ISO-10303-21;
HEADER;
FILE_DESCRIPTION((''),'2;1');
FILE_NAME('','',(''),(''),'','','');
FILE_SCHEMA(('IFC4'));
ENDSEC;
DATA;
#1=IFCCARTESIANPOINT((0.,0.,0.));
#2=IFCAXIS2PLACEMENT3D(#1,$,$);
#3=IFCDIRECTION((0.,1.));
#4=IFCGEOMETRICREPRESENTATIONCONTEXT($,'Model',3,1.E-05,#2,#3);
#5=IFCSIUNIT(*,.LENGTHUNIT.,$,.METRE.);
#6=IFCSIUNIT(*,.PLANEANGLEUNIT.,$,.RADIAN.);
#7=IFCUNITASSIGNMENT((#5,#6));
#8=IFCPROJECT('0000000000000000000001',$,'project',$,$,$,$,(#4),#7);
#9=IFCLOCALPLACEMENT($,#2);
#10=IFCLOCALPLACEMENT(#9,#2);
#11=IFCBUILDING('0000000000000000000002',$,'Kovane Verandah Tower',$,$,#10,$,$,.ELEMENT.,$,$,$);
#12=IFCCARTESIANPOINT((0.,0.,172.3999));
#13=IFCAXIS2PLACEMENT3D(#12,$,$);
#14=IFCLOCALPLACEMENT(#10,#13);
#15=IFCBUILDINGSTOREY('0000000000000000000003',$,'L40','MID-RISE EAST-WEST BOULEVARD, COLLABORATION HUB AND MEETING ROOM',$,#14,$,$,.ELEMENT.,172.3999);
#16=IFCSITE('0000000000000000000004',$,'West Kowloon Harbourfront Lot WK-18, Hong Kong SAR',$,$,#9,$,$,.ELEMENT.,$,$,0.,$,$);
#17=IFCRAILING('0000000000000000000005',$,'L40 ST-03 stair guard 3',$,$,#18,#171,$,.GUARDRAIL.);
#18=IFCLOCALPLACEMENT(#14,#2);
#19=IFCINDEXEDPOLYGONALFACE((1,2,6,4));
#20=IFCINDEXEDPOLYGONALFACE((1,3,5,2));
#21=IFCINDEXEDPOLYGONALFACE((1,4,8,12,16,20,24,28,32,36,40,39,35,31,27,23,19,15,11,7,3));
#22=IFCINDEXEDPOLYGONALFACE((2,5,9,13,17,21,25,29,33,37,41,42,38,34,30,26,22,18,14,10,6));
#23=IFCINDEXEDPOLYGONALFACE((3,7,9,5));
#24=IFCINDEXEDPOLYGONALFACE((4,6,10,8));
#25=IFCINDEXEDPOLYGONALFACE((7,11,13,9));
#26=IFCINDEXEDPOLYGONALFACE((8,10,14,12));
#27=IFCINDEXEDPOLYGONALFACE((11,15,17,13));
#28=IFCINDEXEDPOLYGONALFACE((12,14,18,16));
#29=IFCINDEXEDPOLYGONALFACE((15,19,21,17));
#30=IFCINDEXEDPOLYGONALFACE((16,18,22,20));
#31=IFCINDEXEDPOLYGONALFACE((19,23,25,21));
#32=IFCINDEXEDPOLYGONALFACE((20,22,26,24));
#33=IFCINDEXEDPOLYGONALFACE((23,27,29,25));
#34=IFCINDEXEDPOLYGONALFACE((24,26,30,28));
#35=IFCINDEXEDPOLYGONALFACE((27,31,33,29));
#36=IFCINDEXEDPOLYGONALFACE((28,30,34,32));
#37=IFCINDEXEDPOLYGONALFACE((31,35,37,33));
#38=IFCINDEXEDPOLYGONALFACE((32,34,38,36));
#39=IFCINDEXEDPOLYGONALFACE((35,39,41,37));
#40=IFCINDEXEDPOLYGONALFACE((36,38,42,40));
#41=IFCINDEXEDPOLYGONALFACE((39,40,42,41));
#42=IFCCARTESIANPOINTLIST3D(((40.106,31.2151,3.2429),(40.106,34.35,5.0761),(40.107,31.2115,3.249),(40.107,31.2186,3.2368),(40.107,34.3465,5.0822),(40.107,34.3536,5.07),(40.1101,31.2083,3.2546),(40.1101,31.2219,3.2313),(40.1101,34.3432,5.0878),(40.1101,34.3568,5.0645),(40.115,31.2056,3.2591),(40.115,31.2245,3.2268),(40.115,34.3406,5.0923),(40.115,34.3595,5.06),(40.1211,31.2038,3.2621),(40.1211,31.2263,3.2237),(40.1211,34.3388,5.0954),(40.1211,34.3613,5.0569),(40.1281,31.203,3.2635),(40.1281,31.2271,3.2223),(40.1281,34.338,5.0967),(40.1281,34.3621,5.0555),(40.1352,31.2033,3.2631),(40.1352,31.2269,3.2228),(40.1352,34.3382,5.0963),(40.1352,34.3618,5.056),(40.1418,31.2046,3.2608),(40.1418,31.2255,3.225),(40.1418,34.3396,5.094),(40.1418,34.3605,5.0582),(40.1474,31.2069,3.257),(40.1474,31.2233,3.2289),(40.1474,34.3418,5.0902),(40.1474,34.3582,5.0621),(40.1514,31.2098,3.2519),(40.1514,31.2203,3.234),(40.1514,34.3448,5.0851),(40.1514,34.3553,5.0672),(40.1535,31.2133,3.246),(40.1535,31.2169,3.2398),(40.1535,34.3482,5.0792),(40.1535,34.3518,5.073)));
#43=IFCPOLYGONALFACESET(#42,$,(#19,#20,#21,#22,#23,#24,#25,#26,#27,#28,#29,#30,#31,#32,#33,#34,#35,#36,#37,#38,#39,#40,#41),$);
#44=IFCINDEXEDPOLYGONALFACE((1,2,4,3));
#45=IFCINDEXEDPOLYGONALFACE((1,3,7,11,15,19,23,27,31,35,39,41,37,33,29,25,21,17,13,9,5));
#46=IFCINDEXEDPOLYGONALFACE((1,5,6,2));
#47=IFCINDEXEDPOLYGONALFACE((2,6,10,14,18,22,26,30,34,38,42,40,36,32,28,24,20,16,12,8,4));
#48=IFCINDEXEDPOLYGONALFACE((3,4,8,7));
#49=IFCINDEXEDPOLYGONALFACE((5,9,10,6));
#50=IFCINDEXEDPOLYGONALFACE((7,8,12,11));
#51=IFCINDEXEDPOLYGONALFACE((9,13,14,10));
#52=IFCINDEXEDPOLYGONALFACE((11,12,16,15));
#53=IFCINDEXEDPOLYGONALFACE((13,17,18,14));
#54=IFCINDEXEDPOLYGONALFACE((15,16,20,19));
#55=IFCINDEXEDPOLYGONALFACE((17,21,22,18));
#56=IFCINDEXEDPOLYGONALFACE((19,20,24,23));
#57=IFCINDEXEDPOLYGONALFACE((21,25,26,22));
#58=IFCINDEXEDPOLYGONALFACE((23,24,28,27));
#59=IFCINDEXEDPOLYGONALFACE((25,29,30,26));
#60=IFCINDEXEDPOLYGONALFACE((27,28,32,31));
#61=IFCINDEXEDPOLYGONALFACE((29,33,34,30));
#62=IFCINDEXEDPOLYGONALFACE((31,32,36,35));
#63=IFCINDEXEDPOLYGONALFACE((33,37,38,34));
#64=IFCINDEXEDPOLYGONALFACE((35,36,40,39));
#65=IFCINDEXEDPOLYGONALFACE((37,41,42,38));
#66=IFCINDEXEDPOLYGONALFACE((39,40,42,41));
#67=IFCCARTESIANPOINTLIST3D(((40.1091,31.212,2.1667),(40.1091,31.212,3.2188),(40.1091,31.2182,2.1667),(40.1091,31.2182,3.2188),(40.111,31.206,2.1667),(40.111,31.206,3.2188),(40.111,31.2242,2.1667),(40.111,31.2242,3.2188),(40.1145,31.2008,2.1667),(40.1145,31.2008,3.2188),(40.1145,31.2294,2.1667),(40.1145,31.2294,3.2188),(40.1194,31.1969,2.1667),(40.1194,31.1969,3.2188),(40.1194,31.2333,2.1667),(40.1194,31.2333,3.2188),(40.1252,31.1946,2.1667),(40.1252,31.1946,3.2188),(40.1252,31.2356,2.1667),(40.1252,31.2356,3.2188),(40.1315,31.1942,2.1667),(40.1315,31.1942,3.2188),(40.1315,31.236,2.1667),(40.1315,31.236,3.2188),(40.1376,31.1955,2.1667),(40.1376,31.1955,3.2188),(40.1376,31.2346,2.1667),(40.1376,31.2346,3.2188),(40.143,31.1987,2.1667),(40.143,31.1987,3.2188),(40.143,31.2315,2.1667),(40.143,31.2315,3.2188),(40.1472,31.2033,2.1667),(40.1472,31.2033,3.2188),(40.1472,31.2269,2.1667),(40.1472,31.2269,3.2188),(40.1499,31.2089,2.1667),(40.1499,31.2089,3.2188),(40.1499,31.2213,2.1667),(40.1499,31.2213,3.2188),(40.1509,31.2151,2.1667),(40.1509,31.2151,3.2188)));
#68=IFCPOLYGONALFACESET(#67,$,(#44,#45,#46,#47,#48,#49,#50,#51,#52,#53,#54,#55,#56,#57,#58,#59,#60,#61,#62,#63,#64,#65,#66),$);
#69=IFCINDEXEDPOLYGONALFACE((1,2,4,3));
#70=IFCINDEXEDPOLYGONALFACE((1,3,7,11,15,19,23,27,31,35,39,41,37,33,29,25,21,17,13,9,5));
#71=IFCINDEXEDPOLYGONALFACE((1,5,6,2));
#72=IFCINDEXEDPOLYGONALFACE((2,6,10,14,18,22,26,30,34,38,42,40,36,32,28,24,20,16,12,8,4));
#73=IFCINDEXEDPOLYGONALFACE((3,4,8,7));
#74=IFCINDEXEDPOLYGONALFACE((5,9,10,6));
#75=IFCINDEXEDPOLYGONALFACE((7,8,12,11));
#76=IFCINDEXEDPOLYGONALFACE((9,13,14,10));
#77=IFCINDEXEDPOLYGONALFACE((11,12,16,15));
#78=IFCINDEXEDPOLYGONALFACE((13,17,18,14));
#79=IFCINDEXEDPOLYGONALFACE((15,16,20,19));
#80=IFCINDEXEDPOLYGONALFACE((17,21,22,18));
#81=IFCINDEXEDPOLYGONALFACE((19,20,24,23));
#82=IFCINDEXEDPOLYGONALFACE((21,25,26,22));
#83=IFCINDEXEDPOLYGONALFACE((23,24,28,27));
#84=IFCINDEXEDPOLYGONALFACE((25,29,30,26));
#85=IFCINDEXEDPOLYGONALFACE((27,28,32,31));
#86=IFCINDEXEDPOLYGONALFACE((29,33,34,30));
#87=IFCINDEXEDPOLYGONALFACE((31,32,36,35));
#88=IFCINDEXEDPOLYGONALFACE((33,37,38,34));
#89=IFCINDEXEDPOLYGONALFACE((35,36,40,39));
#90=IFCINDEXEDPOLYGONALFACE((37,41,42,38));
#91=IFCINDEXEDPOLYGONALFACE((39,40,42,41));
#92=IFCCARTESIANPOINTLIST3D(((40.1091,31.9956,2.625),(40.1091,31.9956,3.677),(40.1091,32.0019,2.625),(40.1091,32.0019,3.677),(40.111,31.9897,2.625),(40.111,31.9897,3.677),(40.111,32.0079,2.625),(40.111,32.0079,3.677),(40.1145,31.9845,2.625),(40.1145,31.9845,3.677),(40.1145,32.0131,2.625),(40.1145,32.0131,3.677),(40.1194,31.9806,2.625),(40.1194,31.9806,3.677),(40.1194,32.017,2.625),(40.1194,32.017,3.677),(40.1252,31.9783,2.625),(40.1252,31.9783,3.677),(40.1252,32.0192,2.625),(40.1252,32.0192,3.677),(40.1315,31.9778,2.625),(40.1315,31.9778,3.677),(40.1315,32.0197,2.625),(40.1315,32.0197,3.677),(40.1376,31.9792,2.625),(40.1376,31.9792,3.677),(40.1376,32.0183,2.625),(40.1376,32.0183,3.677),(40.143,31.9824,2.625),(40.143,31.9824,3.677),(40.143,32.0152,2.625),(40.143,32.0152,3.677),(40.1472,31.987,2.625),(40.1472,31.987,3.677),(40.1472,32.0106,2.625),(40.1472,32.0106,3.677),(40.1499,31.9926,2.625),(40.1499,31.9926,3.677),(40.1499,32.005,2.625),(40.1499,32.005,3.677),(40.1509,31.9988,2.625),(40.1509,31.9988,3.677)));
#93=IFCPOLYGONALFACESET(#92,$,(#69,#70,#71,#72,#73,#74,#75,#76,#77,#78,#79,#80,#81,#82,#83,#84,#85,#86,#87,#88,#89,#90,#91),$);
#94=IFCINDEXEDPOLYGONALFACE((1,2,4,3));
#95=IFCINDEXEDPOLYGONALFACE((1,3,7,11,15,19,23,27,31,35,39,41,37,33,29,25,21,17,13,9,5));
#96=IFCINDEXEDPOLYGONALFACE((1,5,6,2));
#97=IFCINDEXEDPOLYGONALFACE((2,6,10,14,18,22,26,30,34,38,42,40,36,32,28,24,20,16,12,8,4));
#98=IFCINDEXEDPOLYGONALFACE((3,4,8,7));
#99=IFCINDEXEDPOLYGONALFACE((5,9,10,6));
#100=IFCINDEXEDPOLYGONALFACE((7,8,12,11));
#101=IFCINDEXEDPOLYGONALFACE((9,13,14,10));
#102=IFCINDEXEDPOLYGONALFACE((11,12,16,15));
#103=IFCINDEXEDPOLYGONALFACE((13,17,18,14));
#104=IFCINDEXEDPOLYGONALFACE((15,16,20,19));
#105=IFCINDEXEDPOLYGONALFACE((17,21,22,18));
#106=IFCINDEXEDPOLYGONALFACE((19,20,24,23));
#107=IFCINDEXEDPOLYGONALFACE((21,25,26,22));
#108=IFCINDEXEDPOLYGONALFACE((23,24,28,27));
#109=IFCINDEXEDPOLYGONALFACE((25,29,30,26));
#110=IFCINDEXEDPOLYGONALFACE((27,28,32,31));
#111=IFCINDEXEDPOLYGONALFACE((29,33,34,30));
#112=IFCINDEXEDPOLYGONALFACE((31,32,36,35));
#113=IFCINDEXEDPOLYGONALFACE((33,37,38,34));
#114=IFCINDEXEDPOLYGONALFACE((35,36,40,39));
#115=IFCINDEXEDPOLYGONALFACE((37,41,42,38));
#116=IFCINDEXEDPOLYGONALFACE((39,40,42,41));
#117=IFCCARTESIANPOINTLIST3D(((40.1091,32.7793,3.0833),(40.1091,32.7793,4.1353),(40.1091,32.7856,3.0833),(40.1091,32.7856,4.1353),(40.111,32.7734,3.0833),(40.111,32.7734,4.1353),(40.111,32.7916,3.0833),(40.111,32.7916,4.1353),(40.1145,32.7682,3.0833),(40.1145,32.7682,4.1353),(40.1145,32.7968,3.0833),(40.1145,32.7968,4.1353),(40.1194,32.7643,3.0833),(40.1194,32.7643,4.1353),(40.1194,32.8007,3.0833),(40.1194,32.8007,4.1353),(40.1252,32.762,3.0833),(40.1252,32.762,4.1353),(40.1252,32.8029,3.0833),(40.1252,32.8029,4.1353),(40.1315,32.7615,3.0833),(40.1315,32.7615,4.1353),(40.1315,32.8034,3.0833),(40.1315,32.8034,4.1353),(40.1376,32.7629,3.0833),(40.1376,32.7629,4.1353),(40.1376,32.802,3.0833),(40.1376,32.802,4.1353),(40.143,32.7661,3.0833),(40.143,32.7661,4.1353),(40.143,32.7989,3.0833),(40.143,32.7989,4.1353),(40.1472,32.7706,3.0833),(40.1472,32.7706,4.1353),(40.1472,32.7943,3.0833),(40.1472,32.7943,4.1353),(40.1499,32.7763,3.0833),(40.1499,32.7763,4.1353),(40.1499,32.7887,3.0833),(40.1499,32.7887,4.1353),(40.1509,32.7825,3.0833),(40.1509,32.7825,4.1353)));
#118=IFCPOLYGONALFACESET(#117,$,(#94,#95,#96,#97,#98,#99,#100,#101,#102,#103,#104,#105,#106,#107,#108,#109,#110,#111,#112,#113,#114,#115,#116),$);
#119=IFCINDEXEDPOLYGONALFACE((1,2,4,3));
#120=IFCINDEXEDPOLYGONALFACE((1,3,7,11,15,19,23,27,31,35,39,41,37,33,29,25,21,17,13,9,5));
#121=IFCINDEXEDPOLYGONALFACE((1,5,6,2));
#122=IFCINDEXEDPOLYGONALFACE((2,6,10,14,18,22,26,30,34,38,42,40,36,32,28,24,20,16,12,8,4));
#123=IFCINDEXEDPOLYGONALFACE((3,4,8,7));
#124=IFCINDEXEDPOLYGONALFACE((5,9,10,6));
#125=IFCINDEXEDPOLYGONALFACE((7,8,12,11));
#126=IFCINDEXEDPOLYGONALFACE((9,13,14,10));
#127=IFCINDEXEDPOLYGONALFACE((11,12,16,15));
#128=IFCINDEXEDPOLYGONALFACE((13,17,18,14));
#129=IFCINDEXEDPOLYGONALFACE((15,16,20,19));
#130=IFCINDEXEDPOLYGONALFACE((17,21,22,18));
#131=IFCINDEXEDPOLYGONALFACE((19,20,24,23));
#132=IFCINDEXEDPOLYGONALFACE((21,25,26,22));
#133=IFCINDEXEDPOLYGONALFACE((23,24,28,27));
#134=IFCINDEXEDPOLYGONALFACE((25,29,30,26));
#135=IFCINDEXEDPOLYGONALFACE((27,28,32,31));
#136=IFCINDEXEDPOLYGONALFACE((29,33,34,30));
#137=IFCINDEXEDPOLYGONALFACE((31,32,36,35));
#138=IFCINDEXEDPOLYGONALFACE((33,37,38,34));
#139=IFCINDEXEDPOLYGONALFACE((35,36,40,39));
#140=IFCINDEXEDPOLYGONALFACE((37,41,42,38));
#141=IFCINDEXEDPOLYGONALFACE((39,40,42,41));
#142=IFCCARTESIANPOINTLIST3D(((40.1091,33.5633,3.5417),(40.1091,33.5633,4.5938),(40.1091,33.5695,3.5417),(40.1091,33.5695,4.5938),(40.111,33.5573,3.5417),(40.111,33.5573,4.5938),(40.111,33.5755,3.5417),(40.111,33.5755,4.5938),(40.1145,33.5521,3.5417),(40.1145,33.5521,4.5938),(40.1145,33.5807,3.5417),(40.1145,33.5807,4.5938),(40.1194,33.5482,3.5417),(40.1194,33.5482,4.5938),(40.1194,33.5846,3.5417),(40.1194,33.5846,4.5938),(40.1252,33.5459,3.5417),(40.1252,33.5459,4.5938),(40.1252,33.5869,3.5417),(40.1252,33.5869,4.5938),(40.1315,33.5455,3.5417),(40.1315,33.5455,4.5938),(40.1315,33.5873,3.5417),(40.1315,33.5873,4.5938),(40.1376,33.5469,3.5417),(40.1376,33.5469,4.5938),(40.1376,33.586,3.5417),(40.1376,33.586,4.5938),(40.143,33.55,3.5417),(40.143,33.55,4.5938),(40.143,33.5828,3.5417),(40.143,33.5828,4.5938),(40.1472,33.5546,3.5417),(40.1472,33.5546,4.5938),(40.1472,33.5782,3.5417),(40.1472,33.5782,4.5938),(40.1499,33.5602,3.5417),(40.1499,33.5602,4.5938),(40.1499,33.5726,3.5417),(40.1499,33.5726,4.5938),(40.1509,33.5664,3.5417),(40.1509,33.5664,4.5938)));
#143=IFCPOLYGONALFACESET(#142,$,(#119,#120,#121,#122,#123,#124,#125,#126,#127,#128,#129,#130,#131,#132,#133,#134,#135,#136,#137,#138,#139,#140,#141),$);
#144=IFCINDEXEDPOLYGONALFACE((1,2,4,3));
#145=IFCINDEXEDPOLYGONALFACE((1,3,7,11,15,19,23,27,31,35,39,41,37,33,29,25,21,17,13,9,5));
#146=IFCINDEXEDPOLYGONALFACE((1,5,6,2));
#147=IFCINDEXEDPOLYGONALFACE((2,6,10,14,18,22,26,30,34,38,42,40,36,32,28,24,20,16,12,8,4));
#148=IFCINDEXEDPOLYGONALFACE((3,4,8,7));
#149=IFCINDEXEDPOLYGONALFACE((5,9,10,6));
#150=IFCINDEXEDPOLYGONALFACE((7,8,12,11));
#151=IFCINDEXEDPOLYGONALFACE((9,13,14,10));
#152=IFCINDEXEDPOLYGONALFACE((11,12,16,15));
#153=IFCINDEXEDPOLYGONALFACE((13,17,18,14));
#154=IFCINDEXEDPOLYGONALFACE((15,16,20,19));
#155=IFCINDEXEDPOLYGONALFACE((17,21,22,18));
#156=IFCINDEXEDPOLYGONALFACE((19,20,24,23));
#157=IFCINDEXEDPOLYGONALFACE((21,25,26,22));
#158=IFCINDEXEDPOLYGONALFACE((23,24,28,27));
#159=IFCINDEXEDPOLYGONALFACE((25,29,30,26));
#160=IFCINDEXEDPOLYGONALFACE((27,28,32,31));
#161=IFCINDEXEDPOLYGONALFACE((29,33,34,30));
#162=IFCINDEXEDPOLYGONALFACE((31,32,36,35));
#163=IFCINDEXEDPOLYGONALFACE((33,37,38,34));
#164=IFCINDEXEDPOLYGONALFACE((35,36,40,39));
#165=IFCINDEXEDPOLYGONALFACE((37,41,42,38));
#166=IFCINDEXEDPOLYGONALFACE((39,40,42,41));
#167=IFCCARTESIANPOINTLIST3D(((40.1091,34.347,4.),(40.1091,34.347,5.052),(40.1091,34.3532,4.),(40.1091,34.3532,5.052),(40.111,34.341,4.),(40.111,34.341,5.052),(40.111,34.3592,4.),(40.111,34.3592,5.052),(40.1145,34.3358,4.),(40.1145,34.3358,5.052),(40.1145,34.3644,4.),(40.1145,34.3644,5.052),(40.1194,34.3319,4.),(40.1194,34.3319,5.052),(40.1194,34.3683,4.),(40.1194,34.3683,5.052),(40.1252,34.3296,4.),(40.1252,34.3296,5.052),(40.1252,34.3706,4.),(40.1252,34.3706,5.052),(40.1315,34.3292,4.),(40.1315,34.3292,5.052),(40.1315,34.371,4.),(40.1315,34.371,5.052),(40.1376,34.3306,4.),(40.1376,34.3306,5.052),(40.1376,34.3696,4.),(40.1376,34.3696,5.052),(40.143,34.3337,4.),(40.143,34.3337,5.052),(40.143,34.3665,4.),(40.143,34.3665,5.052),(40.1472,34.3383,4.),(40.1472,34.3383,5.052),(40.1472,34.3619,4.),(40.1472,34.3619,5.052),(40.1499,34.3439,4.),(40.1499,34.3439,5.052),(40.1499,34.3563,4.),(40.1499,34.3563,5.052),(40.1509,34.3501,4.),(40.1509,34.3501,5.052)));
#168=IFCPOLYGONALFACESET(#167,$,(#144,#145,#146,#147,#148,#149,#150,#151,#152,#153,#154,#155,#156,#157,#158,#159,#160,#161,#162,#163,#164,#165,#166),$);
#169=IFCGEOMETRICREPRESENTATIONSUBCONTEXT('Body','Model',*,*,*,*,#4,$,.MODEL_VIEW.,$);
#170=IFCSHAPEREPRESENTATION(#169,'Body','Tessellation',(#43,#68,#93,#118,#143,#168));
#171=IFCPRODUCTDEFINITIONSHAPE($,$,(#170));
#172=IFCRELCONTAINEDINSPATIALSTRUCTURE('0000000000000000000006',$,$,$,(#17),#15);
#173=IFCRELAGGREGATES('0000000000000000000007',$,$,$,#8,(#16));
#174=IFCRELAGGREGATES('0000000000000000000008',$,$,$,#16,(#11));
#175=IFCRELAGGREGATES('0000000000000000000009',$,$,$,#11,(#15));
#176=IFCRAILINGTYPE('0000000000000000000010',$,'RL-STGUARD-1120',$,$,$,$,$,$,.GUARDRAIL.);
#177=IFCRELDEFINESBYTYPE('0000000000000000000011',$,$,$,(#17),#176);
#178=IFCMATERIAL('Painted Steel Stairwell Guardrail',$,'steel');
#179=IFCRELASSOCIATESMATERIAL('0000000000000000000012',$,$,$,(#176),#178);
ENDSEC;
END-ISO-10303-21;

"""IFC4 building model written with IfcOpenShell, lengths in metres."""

from ifc_helpers import new_model, si_unit, direction, frame, origin, origin_2d, place, context, subcontext, project, spatial, circle, extrude, material, type_object, element, save


model = new_model("IFC4")

# Units and contexts
model_context = context("Model", 3, precision=1e-05, world=origin(), true_north=direction((0.0, 1.0)))
body_context = subcontext(model_context, "Body", "Model", "MODEL_VIEW")
ifc_project = project(units=[si_unit("LENGTHUNIT", "METRE"), si_unit("PLANEANGLEUNIT", "RADIAN")], contexts=[model_context])

# Site, building, storey
site_placement = place(None, origin())
site = spatial("IfcSite", under=ifc_project, at=site_placement, Name="West Kowloon Harbourfront Lot WK-18, Hong Kong SAR", CompositionType="ELEMENT", RefElevation=0.0)
building_placement = place(site_placement, origin())
building = spatial("IfcBuilding", under=site, at=building_placement, Name="Kovane Verandah Tower", CompositionType="ELEMENT")
storey_placement = place(building_placement, frame((0.0, 0.0, 172.3999)))
storey = spatial("IfcBuildingStorey", under=building, at=storey_placement, Name="L40", Description="MID-RISE EAST-WEST BOULEVARD, COLLABORATION HUB AND MEETING ROOM", CompositionType="ELEMENT", Elevation=172.3999)

# Railing
ifc_material_1 = material(Name="Painted Steel Stairwell Guardrail", Category="steel")
railing_type_1 = type_object("IfcRailingType", Name="RL-STGUARD-1120", PredefinedType="GUARDRAIL", material=ifc_material_1)
railing_1_placement = place(storey_placement, frame((40.1299, 31.2151, 2.1667)))
element("IfcRailing", 1, at=railing_1_placement, inside=storey, type_object=railing_type_1, Name="L40 ST-03 stair guard 3", PredefinedType="GUARDRAIL", context=body_context, shape_type="SweptSolid", body=[
    extrude(circle(Radius=0.0239, at=origin_2d()), frame((0.0, 0.0, 1.0762), z_axis=(0.0, 0.86324, 0.504794), x_axis=(-1.0, 0.0, 0.0)), (0.0, 0.0, 1.0), 3.6316),
    extrude(circle(Radius=0.021, at=origin_2d()), origin(), (0.0, 0.0, 1.0), 1.052),
    extrude(circle(Radius=0.021, at=origin_2d()), frame((0.0, 0.7837, 0.4583)), (0.0, 0.0, 1.0), 1.052),
    extrude(circle(Radius=0.021, at=origin_2d()), frame((0.0, 1.5674, 0.9165)), (0.0, 0.0, 1.0), 1.052),
    extrude(circle(Radius=0.021, at=origin_2d()), frame((0.0, 2.3513, 1.375)), (0.0, 0.0, 1.0), 1.052),
    extrude(circle(Radius=0.021, at=origin_2d()), frame((0.0, 3.135, 1.8333)), (0.0, 0.0, 1.0), 1.052),
])

save(model, "model.ifc")
